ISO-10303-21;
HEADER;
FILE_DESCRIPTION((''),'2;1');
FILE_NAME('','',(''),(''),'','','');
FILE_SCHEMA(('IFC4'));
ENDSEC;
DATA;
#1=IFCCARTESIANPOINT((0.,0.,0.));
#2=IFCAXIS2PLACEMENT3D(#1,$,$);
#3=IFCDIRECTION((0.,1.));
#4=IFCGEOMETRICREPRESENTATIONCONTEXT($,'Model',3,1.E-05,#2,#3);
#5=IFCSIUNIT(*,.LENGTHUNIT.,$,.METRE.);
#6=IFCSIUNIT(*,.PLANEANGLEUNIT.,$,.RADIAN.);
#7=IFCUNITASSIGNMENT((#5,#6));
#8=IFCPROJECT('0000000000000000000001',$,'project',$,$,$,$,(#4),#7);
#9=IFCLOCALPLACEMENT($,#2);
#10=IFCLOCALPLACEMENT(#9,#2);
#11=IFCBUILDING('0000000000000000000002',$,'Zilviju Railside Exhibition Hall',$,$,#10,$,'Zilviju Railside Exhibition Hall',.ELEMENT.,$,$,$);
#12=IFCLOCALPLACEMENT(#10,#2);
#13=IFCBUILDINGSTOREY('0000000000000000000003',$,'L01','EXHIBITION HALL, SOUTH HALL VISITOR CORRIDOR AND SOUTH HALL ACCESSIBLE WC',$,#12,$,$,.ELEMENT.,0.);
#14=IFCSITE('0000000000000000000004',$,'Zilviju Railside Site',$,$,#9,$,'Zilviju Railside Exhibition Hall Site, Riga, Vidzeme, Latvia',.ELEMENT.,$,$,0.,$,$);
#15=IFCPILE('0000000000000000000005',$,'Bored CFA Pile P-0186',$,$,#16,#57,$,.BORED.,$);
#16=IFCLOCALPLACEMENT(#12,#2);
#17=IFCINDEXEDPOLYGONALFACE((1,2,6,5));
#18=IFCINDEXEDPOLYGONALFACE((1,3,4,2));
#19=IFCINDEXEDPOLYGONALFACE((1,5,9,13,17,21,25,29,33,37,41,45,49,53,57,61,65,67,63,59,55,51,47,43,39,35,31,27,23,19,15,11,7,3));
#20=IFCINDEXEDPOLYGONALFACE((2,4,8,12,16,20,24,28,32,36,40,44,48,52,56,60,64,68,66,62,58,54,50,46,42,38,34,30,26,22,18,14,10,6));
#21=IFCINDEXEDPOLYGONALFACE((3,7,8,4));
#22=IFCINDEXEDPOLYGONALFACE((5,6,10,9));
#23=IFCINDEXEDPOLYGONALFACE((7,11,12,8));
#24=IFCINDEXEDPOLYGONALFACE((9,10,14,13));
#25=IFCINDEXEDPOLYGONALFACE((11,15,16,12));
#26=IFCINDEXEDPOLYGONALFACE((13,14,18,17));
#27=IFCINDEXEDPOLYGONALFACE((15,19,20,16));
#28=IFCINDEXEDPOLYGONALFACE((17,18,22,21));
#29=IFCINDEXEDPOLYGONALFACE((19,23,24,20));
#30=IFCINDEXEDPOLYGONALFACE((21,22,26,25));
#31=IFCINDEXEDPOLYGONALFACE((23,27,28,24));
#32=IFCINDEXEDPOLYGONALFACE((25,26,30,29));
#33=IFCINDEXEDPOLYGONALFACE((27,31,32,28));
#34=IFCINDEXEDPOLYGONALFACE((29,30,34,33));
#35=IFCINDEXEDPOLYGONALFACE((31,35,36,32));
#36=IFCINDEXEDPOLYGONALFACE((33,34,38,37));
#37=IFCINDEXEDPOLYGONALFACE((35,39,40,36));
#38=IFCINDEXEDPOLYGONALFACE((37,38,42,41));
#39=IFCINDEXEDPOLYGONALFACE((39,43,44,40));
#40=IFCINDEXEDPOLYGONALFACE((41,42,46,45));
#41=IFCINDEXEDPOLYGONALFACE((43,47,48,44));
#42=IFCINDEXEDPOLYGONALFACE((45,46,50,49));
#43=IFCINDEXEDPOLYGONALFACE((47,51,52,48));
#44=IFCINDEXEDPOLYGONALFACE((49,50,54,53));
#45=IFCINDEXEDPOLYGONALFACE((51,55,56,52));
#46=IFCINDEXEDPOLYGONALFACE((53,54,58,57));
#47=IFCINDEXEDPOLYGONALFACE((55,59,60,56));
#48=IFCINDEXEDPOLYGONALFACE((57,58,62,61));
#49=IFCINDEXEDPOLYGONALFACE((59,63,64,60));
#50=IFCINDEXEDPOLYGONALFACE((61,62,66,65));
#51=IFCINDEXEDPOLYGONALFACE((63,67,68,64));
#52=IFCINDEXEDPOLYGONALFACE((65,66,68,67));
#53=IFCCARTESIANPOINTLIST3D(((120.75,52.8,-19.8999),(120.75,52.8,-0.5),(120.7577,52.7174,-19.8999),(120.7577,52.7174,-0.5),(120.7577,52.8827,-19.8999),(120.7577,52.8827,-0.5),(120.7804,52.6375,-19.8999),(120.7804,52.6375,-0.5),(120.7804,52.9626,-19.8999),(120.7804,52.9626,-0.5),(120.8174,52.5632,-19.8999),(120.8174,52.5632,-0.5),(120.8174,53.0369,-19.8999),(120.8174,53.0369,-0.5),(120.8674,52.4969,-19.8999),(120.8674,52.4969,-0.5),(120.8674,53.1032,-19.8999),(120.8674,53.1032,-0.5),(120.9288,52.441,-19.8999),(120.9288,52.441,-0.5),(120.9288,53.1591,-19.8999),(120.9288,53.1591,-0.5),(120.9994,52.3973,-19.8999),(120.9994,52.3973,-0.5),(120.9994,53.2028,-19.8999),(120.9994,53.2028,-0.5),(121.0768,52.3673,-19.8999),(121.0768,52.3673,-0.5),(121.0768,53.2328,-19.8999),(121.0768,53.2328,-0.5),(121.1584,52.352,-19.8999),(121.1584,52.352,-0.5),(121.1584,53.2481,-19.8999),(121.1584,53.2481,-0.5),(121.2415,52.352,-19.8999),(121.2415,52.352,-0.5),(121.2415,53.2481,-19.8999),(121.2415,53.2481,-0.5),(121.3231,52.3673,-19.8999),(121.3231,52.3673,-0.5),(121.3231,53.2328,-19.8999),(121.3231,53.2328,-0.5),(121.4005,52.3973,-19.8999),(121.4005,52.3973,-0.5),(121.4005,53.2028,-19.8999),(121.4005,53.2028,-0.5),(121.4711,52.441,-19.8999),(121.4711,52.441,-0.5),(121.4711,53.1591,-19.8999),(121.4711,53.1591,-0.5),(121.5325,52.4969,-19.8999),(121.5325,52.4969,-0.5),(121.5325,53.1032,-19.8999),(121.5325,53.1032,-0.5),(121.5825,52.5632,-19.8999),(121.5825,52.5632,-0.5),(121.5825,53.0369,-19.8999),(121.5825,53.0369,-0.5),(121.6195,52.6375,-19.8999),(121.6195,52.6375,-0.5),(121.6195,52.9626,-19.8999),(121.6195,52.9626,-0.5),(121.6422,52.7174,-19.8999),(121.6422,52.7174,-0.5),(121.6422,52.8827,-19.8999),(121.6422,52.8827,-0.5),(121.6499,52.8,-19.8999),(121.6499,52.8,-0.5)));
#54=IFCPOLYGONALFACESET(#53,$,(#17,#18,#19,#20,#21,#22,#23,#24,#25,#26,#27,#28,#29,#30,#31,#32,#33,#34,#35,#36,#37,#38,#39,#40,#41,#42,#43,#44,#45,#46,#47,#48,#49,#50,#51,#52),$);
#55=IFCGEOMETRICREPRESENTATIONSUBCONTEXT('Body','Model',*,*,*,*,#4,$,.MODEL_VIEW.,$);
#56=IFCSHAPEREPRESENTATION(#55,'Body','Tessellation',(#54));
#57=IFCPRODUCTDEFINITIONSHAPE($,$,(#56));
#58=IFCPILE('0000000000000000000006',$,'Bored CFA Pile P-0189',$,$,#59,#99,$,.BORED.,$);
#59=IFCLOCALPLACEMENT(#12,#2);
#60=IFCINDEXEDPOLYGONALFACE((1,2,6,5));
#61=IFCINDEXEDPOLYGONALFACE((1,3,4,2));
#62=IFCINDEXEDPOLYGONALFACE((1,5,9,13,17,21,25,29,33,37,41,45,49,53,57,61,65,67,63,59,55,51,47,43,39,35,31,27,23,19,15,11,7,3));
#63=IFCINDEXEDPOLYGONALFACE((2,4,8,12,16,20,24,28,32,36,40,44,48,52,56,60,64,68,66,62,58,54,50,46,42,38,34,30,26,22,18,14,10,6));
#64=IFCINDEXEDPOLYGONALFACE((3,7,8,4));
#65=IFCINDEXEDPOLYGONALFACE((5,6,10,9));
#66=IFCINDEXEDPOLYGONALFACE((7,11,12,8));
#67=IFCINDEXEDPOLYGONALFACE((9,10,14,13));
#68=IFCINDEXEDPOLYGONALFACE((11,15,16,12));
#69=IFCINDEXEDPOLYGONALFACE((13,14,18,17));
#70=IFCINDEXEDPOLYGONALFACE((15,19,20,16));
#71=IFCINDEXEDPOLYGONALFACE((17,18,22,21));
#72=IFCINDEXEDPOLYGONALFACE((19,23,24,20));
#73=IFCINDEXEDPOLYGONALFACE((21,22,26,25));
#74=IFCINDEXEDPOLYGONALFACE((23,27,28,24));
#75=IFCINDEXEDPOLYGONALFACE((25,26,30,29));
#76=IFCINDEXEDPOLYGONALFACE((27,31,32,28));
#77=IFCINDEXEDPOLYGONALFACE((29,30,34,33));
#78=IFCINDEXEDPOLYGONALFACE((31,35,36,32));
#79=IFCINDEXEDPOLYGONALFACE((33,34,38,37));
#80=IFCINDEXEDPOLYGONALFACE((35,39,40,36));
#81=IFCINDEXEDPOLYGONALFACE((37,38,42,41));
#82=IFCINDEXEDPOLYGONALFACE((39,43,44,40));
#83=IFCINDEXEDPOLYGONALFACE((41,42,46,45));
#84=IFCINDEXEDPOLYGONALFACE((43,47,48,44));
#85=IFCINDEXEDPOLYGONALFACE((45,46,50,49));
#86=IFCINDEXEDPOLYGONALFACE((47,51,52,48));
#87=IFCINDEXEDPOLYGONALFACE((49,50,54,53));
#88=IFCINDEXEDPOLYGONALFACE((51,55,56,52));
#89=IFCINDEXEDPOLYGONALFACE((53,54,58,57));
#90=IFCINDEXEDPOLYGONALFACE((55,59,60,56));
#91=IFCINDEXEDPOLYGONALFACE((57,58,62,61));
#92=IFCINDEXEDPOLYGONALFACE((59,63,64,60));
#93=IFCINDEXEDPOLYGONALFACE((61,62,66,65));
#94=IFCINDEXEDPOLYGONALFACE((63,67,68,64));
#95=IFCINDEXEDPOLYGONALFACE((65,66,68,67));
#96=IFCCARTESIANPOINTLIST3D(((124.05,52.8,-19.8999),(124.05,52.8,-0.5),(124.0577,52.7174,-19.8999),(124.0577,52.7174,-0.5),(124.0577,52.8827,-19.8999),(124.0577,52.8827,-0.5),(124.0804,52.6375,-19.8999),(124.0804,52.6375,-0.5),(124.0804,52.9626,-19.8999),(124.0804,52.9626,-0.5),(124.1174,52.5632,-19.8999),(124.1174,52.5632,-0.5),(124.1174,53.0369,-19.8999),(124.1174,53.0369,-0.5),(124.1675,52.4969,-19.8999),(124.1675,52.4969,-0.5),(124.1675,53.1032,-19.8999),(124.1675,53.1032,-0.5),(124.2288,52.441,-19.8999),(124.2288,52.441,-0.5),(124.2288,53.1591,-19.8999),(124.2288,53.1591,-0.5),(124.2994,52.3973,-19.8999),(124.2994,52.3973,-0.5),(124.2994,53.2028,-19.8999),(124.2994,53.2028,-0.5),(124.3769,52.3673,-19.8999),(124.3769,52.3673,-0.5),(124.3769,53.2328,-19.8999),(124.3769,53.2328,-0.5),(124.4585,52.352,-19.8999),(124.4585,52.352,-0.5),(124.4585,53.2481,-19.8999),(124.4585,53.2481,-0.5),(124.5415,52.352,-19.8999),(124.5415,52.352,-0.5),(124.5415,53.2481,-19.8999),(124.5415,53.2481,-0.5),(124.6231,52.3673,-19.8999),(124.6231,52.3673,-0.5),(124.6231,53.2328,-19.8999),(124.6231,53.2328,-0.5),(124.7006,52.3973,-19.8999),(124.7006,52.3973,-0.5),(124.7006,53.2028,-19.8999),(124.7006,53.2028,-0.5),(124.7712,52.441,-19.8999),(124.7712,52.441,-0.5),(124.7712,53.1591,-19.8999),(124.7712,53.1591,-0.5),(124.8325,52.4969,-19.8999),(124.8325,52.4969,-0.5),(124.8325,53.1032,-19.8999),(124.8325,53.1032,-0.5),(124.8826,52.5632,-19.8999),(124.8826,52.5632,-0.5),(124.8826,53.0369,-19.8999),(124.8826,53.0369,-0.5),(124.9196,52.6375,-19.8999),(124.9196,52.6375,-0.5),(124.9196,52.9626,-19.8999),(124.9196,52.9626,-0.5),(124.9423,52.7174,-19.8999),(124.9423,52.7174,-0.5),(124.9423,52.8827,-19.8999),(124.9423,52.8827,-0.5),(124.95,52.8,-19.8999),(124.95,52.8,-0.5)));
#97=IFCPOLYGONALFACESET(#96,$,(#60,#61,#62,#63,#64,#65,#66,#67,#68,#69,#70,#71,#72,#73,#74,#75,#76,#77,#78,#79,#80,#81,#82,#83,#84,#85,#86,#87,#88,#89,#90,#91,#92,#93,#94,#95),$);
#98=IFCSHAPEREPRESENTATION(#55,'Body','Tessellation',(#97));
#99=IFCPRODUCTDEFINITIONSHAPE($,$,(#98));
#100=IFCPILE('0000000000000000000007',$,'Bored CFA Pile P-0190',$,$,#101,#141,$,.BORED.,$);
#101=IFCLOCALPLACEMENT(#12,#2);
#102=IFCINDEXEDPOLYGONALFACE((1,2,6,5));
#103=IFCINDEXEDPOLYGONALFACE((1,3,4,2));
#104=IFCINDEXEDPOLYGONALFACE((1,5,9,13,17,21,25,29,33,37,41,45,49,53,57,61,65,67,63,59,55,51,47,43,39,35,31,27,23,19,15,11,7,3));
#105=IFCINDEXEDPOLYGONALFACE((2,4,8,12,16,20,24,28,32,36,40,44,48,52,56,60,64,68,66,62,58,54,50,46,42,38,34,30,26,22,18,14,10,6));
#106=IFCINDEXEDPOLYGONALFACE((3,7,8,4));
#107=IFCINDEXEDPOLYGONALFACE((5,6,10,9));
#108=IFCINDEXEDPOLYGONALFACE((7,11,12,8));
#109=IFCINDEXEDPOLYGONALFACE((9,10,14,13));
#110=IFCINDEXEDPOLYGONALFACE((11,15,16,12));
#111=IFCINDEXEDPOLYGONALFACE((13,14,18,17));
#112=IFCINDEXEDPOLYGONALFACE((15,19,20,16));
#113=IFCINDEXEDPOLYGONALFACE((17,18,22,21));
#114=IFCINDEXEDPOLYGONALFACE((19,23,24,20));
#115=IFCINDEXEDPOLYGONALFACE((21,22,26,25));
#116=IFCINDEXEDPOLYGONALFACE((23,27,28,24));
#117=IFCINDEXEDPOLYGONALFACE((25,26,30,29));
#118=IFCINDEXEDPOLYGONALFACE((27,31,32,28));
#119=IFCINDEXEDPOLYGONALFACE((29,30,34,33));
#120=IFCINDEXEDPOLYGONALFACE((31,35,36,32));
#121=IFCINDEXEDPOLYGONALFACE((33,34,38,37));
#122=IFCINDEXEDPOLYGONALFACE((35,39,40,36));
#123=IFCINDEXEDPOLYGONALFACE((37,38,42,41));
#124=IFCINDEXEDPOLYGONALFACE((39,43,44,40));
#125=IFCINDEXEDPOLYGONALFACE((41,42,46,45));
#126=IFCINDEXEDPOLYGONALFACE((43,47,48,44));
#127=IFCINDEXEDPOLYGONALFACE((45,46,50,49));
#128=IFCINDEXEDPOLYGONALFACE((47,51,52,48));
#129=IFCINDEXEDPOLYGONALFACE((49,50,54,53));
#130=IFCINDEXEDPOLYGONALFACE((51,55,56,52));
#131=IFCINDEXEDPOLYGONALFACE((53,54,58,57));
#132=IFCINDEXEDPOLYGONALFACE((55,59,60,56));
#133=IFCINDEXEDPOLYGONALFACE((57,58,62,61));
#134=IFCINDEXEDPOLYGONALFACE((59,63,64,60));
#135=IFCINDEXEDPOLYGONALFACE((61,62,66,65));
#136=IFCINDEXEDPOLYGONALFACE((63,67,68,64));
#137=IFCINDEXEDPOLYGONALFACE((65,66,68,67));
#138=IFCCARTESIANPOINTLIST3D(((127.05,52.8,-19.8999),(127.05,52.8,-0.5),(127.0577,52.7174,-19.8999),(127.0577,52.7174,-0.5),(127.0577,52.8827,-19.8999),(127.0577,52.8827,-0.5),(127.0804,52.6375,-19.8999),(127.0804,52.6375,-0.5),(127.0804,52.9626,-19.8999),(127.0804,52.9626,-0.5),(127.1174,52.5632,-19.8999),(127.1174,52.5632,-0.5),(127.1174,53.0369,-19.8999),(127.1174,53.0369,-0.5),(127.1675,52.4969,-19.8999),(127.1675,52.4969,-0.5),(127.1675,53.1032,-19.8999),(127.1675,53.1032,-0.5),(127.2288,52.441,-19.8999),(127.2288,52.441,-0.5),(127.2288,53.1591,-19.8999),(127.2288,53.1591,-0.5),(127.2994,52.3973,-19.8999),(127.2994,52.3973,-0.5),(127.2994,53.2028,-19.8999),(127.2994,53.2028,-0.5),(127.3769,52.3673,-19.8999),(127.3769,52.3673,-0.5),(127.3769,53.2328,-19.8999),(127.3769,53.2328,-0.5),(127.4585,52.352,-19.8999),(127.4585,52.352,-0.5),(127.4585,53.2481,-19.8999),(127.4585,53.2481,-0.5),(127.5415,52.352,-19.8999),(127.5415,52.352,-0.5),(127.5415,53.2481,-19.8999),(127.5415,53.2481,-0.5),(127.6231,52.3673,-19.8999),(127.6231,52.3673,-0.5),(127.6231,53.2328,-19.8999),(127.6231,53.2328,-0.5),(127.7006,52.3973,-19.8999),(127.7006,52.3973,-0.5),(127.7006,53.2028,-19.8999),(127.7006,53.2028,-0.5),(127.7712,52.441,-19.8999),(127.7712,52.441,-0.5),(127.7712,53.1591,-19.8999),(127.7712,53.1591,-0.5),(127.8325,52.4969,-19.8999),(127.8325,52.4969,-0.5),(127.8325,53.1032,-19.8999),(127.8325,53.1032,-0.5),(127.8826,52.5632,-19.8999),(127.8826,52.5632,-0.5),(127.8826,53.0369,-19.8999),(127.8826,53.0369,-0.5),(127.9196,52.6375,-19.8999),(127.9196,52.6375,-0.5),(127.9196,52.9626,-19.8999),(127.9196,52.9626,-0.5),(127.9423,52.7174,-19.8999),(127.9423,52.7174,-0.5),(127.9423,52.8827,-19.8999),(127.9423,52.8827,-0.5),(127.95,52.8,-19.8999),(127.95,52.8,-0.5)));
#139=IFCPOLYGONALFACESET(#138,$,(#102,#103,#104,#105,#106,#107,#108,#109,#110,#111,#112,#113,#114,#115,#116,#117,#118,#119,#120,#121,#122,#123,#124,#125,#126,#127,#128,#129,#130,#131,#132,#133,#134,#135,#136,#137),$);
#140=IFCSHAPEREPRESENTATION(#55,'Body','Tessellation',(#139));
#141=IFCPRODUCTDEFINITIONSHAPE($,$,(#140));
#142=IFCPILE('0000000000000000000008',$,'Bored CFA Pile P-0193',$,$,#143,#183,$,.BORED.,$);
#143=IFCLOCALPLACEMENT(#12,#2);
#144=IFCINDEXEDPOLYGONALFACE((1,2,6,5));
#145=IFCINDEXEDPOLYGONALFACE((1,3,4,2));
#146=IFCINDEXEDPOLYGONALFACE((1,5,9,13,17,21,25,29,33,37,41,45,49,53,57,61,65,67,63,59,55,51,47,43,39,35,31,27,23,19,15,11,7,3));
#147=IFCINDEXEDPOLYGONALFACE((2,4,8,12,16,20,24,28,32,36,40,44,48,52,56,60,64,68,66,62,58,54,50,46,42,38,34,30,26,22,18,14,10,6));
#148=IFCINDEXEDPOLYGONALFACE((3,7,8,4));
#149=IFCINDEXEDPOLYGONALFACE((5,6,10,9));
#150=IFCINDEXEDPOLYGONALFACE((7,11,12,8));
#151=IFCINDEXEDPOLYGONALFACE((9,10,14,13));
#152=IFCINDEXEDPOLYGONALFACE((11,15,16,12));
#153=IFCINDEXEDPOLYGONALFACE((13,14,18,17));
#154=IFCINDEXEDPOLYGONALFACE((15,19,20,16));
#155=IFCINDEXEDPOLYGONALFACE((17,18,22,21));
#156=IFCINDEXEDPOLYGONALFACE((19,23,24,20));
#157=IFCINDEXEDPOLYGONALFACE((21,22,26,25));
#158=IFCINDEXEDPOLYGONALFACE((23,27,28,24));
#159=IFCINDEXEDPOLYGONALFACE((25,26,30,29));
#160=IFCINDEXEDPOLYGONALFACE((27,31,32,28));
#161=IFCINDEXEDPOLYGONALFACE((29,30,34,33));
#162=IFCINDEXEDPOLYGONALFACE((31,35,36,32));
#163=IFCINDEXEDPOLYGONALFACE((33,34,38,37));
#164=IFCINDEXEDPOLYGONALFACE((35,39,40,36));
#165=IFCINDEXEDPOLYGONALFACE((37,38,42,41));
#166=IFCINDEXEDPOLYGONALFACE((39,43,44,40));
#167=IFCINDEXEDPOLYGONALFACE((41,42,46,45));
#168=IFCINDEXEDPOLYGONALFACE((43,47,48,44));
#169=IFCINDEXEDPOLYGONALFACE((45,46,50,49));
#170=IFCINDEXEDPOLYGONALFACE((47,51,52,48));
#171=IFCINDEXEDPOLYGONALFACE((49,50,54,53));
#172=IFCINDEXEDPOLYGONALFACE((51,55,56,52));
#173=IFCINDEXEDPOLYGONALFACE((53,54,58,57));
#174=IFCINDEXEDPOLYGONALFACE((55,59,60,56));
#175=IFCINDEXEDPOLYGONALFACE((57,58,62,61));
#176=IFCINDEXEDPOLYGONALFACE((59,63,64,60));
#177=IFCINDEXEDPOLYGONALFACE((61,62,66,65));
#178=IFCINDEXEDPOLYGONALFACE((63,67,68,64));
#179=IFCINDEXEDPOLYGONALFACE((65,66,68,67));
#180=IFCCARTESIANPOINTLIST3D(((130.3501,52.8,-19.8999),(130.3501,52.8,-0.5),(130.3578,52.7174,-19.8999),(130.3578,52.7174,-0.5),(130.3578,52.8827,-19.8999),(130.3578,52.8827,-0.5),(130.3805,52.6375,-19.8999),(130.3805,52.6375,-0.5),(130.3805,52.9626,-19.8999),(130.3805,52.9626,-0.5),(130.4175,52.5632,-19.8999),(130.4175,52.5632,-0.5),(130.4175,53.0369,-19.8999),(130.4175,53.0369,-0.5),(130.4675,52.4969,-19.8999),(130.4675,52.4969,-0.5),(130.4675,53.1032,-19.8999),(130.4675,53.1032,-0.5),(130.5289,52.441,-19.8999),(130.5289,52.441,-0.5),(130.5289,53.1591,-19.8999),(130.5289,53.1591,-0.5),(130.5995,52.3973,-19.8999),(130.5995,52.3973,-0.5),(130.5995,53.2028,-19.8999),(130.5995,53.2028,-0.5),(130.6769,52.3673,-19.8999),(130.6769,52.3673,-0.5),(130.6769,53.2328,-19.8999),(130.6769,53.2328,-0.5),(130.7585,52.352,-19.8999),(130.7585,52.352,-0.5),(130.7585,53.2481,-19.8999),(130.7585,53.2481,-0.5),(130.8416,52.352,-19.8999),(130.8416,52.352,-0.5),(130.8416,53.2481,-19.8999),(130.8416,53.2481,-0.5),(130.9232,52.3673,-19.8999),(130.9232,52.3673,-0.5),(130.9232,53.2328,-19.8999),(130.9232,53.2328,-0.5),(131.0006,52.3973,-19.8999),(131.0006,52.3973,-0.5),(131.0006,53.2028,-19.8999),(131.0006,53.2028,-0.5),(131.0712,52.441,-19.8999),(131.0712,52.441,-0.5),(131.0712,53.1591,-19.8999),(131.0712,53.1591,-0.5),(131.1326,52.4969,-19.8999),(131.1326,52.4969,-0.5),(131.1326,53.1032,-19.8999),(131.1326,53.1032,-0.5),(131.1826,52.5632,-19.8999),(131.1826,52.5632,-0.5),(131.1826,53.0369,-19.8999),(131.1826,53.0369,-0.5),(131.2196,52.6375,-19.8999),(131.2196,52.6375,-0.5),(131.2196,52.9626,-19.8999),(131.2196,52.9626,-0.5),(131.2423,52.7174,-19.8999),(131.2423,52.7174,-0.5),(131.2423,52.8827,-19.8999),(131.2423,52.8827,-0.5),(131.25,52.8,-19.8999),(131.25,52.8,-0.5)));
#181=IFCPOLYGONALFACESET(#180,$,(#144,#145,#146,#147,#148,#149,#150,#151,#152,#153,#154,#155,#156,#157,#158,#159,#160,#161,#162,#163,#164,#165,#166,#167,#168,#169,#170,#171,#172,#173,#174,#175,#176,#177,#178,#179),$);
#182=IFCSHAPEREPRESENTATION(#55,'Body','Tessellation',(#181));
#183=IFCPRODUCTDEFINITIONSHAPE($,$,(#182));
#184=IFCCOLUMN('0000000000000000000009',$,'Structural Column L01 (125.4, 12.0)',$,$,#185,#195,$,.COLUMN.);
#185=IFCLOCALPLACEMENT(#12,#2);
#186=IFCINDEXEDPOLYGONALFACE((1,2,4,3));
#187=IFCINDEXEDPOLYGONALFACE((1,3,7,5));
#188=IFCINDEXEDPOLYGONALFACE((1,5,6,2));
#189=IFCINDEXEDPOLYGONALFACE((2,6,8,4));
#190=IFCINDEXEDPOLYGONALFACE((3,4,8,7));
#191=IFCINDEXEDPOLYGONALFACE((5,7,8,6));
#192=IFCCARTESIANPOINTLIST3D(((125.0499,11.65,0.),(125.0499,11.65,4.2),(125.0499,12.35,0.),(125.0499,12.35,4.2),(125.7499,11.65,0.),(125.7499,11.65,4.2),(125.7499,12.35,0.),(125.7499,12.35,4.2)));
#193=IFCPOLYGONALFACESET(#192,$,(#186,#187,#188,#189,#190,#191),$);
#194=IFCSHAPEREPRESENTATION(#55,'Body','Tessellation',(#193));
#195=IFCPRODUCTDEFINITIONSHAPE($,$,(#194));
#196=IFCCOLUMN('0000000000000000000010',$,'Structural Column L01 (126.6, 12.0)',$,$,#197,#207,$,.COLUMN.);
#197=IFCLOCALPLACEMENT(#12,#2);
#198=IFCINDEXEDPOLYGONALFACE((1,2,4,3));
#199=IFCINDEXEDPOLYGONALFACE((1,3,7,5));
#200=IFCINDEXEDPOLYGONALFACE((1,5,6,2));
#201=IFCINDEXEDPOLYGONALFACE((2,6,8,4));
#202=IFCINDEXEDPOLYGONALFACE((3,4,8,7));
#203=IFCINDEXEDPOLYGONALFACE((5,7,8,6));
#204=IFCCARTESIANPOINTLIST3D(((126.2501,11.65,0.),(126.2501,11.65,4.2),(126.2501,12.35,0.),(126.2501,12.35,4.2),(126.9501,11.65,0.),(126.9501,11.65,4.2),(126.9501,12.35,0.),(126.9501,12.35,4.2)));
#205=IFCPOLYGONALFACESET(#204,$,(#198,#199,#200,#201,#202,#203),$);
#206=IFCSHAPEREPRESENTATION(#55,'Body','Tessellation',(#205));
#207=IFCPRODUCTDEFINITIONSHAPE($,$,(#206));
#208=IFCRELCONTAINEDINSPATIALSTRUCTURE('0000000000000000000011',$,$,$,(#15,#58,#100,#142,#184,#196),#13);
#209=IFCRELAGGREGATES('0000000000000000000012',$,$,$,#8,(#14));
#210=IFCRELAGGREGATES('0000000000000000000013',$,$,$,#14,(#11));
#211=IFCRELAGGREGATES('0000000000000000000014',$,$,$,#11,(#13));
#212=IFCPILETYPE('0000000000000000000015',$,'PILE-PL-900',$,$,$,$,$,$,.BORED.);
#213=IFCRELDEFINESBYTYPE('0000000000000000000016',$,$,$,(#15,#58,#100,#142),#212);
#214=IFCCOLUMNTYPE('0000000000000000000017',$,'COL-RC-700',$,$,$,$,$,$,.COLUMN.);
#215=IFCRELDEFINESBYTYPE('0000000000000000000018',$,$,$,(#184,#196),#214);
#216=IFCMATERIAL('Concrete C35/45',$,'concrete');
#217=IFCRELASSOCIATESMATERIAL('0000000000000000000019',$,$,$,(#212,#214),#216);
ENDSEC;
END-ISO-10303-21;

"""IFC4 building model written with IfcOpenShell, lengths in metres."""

from ifc_helpers import new_model, si_unit, direction, frame, origin, origin_2d, place, context, subcontext, project, spatial, rectangle, circle, extrude, material, material_profile, profile_set, type_object, element, save


model = new_model("IFC4")

# Units and contexts
model_context = context("Model", 3, precision=1e-05, world=origin(), true_north=direction((0.0, 1.0)))
body_context = subcontext(model_context, "Body", "Model", "MODEL_VIEW")
ifc_project = project(units=[si_unit("LENGTHUNIT", "METRE"), si_unit("PLANEANGLEUNIT", "RADIAN")], contexts=[model_context])

# Site, building, storey
site_placement = place(None, origin())
site = spatial("IfcSite", under=ifc_project, at=site_placement, Name="Zilviju Railside Site", LongName="Zilviju Railside Exhibition Hall Site, Riga, Vidzeme, Latvia", CompositionType="ELEMENT", RefElevation=0.0)
building_placement = place(site_placement, origin())
building = spatial("IfcBuilding", under=site, at=building_placement, Name="Zilviju Railside Exhibition Hall", LongName="Zilviju Railside Exhibition Hall", CompositionType="ELEMENT")
storey_placement = place(building_placement, origin())
storey = spatial("IfcBuildingStorey", under=building, at=storey_placement, Name="L01", Description="EXHIBITION HALL, SOUTH HALL VISITOR CORRIDOR AND SOUTH HALL ACCESSIBLE WC", CompositionType="ELEMENT", Elevation=0.0)

# Shared definitions
ifc_material_1 = material(Name="Concrete C35/45", Category="concrete")

# Piles
ifc_material_profile_1 = material_profile(ifc_material_1, circle(Radius=0.45, at=origin_2d()), Name="CFA PILE D900")
ifc_profile_set_1 = profile_set([ifc_material_profile_1], Name="Concrete C35/45")
pile_type_1 = type_object("IfcPileType", Name="PILE-PL-900", PredefinedType="BORED", material=ifc_profile_set_1)
for number, where, z_axis, x_axis, name in (
    (1, (121.2, 52.8, -0.5), (0.0, 0.0, -1.0), (1.0, 0.0, 0.0), "Bored CFA Pile P-0186"),
    (2, (124.5, 52.8, -0.5), (0.0, 0.0, -1.0), (1.0, 0.0, 0.0), "Bored CFA Pile P-0189"),
    (3, (127.5, 52.8, -0.5), (0.0, 0.0, -1.0), (1.0, 0.0, 0.0), "Bored CFA Pile P-0190"),
    (4, (130.8, 52.8, -0.5), (0.0, 0.0, -1.0), (1.0, 0.0, 0.0), "Bored CFA Pile P-0193"),
):
    element("IfcPile", number, at=place(storey_placement, frame(where, z_axis=z_axis, x_axis=x_axis)), inside=storey, type_object=pile_type_1, Name=name, PredefinedType="BORED", context=body_context, shape_type="SweptSolid", body=[
        extrude(circle(Radius=0.45, at=origin_2d()), origin(), (0.0, 0.0, 1.0), 19.3999),
    ])

# Columns
ifc_material_profile_2 = material_profile(ifc_material_1, rectangle(XDim=0.7, YDim=0.7, at=origin_2d()), Name="RC COL 700x700")
ifc_profile_set_2 = profile_set([ifc_material_profile_2], Name="Concrete C35/45")
column_type = type_object("IfcColumnType", Name="COL-RC-700", PredefinedType="COLUMN", material=ifc_profile_set_2)
for number, where, z_axis, x_axis, name in (
    (5, (125.3999, 12.0, 0.0), (0.0, 0.0, 1.0), (1.0, 0.0, 0.0), "Structural Column L01 (125.4, 12.0)"),
    (6, (126.6001, 12.0, 0.0), (0.0, 0.0, 1.0), (1.0, 0.0, 0.0), "Structural Column L01 (126.6, 12.0)"),
):
    element("IfcColumn", number, at=place(storey_placement, frame(where, z_axis=z_axis, x_axis=x_axis)), inside=storey, type_object=column_type, Name=name, PredefinedType="COLUMN", context=body_context, shape_type="SweptSolid", body=[
        extrude(rectangle(XDim=0.7, YDim=0.7, at=origin_2d()), origin(), (0.0, 0.0, 1.0), 4.2),
    ])

save(model, "model.ifc")
